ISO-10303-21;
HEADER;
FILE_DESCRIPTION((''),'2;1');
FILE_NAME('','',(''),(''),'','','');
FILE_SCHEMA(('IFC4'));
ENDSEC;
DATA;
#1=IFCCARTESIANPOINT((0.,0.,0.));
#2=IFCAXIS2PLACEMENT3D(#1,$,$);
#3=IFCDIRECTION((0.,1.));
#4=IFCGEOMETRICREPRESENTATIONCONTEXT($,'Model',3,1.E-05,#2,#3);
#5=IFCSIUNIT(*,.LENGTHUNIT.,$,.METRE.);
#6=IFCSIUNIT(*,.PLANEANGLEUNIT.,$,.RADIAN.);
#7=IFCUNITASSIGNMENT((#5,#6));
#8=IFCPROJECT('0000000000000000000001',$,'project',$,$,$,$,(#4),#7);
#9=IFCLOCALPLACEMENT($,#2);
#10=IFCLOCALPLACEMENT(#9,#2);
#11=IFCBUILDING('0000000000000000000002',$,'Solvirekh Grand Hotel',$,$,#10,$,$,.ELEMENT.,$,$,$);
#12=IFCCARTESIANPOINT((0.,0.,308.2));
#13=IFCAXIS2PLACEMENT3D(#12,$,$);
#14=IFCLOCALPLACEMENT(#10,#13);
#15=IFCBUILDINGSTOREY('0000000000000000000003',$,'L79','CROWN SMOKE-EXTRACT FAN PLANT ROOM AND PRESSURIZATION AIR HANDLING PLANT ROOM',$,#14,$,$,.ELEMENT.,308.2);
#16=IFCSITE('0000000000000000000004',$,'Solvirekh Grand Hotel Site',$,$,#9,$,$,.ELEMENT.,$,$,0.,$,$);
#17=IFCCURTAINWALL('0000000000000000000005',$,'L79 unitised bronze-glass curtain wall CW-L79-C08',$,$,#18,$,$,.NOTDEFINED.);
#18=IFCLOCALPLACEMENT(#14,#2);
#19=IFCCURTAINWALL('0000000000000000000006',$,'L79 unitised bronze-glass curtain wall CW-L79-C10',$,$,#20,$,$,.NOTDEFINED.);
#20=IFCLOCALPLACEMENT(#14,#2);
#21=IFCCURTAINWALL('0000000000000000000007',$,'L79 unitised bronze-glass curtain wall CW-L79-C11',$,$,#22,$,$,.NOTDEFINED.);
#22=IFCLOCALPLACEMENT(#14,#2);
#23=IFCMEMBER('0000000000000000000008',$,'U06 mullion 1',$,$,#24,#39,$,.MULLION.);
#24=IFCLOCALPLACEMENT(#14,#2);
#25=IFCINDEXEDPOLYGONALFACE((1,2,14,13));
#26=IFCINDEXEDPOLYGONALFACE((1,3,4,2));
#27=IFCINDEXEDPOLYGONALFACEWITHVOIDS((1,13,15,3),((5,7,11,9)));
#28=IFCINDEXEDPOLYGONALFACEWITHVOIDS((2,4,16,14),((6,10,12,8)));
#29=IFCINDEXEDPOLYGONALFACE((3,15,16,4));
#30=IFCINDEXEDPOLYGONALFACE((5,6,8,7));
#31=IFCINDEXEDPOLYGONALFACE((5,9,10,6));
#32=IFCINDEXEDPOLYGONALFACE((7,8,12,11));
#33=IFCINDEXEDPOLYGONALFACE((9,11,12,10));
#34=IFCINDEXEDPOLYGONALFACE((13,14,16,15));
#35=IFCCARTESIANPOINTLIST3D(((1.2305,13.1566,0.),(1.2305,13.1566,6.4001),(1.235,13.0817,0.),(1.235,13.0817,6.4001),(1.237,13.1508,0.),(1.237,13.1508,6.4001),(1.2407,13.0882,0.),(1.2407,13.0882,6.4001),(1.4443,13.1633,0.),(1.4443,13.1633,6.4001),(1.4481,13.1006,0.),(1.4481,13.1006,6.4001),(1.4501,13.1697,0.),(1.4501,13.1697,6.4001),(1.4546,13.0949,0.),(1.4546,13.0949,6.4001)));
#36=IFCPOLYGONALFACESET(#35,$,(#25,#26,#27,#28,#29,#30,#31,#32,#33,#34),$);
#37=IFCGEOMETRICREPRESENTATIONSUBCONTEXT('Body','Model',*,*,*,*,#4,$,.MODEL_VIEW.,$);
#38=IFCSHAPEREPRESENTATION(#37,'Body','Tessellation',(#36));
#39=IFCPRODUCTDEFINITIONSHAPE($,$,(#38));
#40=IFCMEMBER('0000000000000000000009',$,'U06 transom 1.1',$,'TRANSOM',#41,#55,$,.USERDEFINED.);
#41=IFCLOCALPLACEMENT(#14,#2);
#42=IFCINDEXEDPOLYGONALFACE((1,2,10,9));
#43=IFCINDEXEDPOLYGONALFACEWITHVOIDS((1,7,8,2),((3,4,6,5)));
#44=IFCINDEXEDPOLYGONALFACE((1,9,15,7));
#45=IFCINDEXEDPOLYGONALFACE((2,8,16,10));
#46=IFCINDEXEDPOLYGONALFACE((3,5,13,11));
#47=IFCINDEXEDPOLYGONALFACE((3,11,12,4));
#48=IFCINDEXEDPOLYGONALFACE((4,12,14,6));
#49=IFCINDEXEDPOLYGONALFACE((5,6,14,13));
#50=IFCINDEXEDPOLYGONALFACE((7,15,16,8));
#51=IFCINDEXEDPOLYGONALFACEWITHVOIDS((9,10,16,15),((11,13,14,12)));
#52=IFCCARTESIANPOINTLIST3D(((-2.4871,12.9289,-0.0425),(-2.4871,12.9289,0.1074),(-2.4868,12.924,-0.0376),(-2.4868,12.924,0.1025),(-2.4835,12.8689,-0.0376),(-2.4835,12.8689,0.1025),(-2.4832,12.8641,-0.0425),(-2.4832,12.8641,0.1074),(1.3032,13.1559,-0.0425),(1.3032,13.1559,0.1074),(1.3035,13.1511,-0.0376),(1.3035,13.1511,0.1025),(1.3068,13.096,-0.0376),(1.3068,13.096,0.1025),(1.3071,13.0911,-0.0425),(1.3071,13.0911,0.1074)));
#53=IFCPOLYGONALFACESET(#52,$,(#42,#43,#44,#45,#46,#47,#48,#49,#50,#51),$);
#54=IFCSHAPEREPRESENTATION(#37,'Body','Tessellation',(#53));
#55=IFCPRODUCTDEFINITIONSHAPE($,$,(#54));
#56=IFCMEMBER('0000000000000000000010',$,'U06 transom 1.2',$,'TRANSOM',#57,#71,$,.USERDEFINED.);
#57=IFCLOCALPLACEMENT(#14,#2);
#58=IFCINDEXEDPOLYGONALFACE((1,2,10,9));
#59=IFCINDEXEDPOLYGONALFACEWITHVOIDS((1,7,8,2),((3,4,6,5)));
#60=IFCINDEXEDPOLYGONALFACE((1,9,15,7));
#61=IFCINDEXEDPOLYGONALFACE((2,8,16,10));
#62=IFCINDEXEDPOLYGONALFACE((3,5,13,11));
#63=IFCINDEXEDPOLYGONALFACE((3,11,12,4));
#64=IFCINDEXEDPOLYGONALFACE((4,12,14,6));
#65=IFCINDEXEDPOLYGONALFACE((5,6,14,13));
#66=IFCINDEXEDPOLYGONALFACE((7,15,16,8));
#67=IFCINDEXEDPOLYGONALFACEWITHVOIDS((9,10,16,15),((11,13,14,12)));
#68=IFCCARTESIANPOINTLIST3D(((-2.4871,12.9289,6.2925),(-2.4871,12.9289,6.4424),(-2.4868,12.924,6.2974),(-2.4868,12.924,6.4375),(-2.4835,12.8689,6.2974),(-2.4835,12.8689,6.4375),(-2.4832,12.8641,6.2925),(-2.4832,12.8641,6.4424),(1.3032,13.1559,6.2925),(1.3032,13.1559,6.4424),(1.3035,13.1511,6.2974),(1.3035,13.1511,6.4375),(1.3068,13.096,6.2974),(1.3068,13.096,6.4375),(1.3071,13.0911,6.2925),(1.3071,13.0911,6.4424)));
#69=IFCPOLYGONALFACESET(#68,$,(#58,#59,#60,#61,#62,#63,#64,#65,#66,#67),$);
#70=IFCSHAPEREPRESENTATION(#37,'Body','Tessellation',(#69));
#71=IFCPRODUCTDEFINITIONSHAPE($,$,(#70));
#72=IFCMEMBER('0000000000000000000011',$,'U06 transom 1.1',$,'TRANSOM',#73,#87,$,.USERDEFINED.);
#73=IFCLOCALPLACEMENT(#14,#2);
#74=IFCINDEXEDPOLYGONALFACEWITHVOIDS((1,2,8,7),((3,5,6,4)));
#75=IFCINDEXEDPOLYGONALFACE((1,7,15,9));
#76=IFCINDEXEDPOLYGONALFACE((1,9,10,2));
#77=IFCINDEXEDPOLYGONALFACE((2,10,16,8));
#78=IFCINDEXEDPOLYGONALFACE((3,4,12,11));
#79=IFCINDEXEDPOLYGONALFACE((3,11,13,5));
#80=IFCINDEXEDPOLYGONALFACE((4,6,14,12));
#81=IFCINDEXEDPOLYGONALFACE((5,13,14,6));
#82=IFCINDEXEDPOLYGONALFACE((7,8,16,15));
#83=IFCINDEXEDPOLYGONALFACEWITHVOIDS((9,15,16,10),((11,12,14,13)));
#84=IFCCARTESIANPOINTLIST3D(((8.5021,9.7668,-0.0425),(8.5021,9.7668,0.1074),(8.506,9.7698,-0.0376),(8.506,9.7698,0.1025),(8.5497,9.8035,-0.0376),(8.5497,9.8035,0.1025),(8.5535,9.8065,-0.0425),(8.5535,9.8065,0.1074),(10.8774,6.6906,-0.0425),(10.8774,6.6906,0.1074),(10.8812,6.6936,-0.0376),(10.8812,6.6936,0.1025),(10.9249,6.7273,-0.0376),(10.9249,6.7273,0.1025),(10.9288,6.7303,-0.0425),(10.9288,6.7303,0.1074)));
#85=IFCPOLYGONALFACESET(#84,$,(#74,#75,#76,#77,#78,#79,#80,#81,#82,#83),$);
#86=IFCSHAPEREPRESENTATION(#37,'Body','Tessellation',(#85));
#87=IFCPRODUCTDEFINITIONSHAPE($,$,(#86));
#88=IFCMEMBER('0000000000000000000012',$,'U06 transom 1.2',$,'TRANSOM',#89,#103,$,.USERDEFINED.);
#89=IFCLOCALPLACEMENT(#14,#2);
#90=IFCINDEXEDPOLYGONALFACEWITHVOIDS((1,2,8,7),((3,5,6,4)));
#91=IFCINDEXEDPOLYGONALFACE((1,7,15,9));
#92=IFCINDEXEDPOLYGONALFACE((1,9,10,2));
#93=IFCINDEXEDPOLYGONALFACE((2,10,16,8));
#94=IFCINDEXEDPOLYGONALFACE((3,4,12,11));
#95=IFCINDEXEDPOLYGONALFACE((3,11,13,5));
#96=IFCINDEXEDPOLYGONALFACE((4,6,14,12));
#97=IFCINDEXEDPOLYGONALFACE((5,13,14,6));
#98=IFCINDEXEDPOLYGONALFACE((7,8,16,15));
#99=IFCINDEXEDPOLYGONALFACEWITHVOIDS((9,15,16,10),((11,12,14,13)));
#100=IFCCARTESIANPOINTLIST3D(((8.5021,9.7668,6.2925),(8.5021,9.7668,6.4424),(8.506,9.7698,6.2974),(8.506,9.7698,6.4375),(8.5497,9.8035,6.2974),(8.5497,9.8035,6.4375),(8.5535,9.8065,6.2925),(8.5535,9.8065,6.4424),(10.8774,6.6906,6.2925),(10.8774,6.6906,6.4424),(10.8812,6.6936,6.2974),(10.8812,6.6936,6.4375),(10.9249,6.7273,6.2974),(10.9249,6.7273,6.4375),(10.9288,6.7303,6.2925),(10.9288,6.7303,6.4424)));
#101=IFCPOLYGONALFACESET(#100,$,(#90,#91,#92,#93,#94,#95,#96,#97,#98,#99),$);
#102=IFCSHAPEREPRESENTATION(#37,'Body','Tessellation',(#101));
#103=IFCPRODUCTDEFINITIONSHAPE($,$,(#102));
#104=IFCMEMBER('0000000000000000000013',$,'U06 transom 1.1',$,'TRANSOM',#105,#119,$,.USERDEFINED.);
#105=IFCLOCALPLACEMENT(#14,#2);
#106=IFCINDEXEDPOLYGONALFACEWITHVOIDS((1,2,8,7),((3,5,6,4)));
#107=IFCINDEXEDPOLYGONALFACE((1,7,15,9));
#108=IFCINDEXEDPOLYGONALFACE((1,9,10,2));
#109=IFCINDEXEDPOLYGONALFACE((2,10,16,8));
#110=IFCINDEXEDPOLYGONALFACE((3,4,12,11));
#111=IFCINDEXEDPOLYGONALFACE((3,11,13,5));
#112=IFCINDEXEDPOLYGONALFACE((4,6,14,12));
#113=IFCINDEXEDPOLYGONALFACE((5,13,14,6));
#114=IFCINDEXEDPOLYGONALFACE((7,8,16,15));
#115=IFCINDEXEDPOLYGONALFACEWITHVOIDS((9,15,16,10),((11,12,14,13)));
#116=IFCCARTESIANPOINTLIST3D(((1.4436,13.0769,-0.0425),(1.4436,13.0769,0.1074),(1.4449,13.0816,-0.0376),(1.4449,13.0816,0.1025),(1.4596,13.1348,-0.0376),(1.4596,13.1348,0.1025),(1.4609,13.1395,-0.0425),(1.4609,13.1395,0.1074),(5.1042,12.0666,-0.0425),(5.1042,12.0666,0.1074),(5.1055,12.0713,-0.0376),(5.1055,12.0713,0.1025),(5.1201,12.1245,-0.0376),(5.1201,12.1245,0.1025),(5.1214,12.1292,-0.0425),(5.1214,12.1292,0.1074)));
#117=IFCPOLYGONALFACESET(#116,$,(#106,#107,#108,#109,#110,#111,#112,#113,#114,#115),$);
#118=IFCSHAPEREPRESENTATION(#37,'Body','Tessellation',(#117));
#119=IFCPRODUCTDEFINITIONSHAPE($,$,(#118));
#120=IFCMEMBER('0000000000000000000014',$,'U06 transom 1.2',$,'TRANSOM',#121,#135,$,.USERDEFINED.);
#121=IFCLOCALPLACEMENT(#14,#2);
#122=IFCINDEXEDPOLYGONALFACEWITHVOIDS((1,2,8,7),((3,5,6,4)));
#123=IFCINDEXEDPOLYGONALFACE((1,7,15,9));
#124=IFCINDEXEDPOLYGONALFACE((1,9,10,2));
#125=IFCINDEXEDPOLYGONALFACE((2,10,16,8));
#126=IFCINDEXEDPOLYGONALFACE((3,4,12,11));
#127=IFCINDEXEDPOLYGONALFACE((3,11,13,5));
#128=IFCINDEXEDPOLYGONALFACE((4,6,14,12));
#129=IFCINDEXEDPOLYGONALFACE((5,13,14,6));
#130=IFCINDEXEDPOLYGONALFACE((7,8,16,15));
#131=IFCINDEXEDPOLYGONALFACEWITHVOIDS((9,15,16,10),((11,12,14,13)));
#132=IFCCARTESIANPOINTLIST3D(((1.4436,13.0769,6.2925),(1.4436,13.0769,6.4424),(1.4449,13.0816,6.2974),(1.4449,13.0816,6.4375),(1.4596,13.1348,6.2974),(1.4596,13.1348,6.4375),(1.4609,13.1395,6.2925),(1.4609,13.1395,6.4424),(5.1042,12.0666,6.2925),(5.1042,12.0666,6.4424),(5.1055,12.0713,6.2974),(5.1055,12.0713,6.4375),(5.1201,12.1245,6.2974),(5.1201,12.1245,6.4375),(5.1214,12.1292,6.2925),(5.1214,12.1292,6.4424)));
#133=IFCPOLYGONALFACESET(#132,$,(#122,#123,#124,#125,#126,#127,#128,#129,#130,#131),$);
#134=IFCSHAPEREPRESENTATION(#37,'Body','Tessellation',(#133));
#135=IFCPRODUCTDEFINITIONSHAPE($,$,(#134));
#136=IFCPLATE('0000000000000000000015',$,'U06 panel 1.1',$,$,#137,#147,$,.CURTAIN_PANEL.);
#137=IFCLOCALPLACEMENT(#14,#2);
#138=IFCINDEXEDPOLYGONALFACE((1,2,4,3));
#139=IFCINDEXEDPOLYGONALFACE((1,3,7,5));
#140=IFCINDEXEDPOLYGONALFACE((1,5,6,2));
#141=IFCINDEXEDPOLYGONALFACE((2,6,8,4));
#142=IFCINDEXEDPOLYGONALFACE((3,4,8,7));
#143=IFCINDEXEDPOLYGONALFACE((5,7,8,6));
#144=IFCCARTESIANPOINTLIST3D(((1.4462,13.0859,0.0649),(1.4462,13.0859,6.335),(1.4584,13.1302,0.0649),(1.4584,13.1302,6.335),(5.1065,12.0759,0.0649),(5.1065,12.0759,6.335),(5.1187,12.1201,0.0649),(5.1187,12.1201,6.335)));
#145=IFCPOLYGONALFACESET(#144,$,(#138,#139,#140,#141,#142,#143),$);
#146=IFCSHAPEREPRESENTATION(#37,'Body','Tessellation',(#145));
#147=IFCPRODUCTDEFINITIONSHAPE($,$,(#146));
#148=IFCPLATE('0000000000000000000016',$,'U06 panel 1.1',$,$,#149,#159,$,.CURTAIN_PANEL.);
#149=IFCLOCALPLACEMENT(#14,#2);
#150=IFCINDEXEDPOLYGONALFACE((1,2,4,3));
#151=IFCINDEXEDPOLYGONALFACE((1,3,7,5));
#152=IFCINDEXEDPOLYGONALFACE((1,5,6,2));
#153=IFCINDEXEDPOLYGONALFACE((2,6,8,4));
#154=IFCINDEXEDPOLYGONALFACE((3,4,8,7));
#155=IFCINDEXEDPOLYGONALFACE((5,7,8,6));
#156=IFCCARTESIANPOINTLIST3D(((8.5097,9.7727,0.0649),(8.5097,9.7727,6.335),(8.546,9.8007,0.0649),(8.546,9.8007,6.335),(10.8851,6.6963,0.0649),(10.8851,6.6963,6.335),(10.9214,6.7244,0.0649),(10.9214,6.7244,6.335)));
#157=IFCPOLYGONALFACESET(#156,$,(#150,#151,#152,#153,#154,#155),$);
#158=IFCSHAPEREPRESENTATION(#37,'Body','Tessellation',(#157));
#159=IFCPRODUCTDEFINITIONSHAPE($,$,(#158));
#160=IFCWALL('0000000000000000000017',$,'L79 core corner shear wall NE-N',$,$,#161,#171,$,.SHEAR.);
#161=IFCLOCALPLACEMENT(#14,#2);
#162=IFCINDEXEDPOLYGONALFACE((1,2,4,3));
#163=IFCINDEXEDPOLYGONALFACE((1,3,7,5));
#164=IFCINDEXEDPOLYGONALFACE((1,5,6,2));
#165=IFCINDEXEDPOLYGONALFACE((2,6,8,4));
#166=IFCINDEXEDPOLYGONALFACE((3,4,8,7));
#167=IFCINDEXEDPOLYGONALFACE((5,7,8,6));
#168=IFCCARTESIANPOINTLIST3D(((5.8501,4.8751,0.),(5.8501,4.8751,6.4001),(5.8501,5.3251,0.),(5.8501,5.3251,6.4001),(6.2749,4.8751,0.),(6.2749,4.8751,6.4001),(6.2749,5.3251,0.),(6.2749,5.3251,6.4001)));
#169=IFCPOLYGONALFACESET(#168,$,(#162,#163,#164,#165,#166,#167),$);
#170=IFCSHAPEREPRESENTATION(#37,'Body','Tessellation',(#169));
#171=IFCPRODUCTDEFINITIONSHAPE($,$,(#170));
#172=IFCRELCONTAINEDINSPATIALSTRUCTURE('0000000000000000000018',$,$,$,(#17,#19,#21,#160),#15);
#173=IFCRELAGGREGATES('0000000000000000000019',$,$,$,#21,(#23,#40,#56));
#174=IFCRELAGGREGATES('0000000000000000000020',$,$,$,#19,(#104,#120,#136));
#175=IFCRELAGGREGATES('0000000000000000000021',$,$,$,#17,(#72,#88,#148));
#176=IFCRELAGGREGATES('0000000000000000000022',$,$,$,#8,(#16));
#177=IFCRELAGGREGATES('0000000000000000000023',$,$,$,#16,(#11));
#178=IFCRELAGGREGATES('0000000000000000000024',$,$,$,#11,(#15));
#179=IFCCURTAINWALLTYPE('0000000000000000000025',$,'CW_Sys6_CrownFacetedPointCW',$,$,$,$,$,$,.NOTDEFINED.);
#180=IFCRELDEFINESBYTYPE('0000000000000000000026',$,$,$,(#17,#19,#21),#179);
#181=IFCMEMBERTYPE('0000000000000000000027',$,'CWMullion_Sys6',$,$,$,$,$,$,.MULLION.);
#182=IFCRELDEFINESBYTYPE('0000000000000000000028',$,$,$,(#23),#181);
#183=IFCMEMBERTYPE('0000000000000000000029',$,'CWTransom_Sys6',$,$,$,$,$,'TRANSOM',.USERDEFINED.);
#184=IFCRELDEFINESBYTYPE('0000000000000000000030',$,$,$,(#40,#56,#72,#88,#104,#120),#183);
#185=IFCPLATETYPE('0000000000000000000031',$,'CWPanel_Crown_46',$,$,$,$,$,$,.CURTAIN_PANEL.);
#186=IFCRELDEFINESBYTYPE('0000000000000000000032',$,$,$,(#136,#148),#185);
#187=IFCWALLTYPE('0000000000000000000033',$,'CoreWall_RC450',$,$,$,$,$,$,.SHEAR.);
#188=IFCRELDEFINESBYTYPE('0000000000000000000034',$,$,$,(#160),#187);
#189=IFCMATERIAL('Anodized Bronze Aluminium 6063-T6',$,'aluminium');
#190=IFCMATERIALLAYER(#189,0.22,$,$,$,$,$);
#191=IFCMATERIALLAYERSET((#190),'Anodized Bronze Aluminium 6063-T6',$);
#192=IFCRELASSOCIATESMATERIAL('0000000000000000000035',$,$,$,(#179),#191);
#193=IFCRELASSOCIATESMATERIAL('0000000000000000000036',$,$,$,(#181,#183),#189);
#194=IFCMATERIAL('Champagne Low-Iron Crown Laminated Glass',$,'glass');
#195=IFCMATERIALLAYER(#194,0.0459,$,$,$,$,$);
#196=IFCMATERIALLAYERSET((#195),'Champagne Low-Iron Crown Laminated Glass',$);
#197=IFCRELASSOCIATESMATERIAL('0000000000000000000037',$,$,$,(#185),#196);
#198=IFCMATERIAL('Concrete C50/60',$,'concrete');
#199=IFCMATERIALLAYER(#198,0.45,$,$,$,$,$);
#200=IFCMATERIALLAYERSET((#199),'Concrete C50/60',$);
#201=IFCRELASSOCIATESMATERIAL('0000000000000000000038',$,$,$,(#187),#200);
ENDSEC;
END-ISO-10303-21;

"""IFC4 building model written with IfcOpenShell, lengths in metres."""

from ifc_helpers import new_model, si_unit, direction, frame, frame_2d, origin, origin_2d, place, context, subcontext, project, spatial, rectangle, hollow_rectangle, extrude, source, transform, mapped, material, layer, layer_set, material_profile, profile_set, type_object, element, aggregate, save


model = new_model("IFC4")

# Units and contexts
model_context = context("Model", 3, precision=1e-05, world=origin(), true_north=direction((0.0, 1.0)))
body_context = subcontext(model_context, "Body", "Model", "MODEL_VIEW")
ifc_project = project(units=[si_unit("LENGTHUNIT", "METRE"), si_unit("PLANEANGLEUNIT", "RADIAN")], contexts=[model_context])

# Site, building, storey
site_placement = place(None, origin())
site = spatial("IfcSite", under=ifc_project, at=site_placement, Name="Solvirekh Grand Hotel Site", CompositionType="ELEMENT", RefElevation=0.0)
building_placement = place(site_placement, origin())
building = spatial("IfcBuilding", under=site, at=building_placement, Name="Solvirekh Grand Hotel", CompositionType="ELEMENT")
storey_placement = place(building_placement, frame((0.0, 0.0, 308.2)))
storey = spatial("IfcBuildingStorey", under=building, at=storey_placement, Name="L79", Description="CROWN SMOKE-EXTRACT FAN PLANT ROOM AND PRESSURIZATION AIR HANDLING PLANT ROOM", CompositionType="ELEMENT", Elevation=308.2)

# Shared definitions
ifc_material_1 = material(Name="Concrete C50/60", Category="concrete")

# Shared definitions
ifc_material_2 = material(Name="Anodized Bronze Aluminium 6063-T6", Category="aluminium")
ifc_layer_1 = layer(ifc_material_2, 0.22)
ifc_layer_set_1 = layer_set([ifc_layer_1], Name="Anodized Bronze Aluminium 6063-T6")
curtain_wall_type = type_object("IfcCurtainWallType", Name="CW_Sys6_CrownFacetedPointCW", PredefinedType="NOTDEFINED", material=ifc_layer_set_1)
ifc_material_profile_1 = material_profile(ifc_material_2, hollow_rectangle(XDim=0.075, YDim=0.22, WallThickness=0.0061, at=origin_2d()), Name="ALU RHS 220X75X6")
ifc_profile_set_1 = profile_set([ifc_material_profile_1], Name="Anodized Bronze Aluminium 6063-T6")
member_type_1 = type_object("IfcMemberType", Name="CWMullion_Sys6", PredefinedType="MULLION", material=ifc_profile_set_1)
shared_shape_1 = source(origin(), body_context, "Body", "SweptSolid", [
    extrude(hollow_rectangle(XDim=0.075, YDim=0.22, WallThickness=0.0061, at=origin_2d()), origin(), (0.0, 0.0, 1.0), 6.4001),
])

# Curtain walls, members
curtain_wall_1_placement = place(storey_placement, origin())
curtain_wall_1 = element("IfcCurtainWall", 1, at=curtain_wall_1_placement, inside=storey, type_object=curtain_wall_type, Name="L79 unitised bronze-glass curtain wall CW-L79-C08", PredefinedType="NOTDEFINED")
curtain_wall_2_placement = place(storey_placement, origin())
curtain_wall_2 = element("IfcCurtainWall", 2, at=curtain_wall_2_placement, inside=storey, type_object=curtain_wall_type, Name="L79 unitised bronze-glass curtain wall CW-L79-C10", PredefinedType="NOTDEFINED")
curtain_wall_3_placement = place(storey_placement, origin())
curtain_wall_3 = element("IfcCurtainWall", 3, at=curtain_wall_3_placement, inside=storey, type_object=curtain_wall_type, Name="L79 unitised bronze-glass curtain wall CW-L79-C11", PredefinedType="NOTDEFINED")
member_1_placement = place(storey_placement, frame((1.3425, 13.1257, 0.0), z_axis=(0.0, 0.0, 1.0), x_axis=(0.059791, -0.998211, 0.0)))
member_1 = element("IfcMember", 4, at=member_1_placement, type_object=member_type_1, Name="U06 mullion 1", PredefinedType="MULLION", context=body_context, shape_type="MappedRepresentation", body=[
    mapped(shared_shape_1, transform((0.0, 0.0, 0.0), x_axis=(1.0, 0.0, 0.0), y_axis=(0.0, 1.0, 0.0), z_axis=(0.0, 0.0, 1.0), scale=1.0)),
])
ifc_material_profile_2 = material_profile(ifc_material_2, hollow_rectangle(XDim=0.0649, YDim=0.1499, WallThickness=0.0049, at=origin_2d()), Name="ALU RHS 150X65X5")
ifc_profile_set_2 = profile_set([ifc_material_profile_2], Name="Anodized Bronze Aluminium 6063-T6")
member_type_2 = type_object("IfcMemberType", Name="CWTransom_Sys6", ElementType="TRANSOM", PredefinedType="USERDEFINED", material=ifc_profile_set_2)
shared_shape_2 = source(origin(), body_context, "Body", "SweptSolid", [
    extrude(hollow_rectangle(XDim=0.0649, YDim=0.1499, WallThickness=0.0049, at=origin_2d()), origin(), (0.0, 0.0, 1.0), 3.7971),
])
member_2_placement = place(storey_placement, frame((1.3052, 13.1235, 0.0325), z_axis=(-0.998211, -0.059796, 0.0), x_axis=(0.059796, -0.998211, 0.0)))
member_2 = element("IfcMember", 5, at=member_2_placement, type_object=member_type_2, Name="U06 transom 1.1", ObjectType="TRANSOM", PredefinedType="USERDEFINED", context=body_context, shape_type="MappedRepresentation", body=[
    mapped(shared_shape_2, transform((0.0, 0.0, 0.0), x_axis=(1.0, 0.0, 0.0), y_axis=(0.0, 1.0, 0.0), z_axis=(0.0, 0.0, 1.0), scale=1.0)),
])
member_3_placement = place(storey_placement, frame((1.3052, 13.1235, 6.3674), z_axis=(-0.998211, -0.059796, 0.0), x_axis=(0.059796, -0.998211, 0.0)))
member_3 = element("IfcMember", 6, at=member_3_placement, type_object=member_type_2, Name="U06 transom 1.2", ObjectType="TRANSOM", PredefinedType="USERDEFINED", context=body_context, shape_type="MappedRepresentation", body=[
    mapped(shared_shape_2, transform((0.0, 0.0, 0.0), x_axis=(1.0, 0.0, 0.0), y_axis=(0.0, 1.0, 0.0), z_axis=(0.0, 0.0, 1.0), scale=1.0)),
])
aggregate(curtain_wall_3, [member_1, member_2, member_3])

# Members
shared_shape_3 = source(origin(), body_context, "Body", "SweptSolid", [
    extrude(hollow_rectangle(XDim=0.0649, YDim=0.1499, WallThickness=0.0049, at=origin_2d()), origin(), (0.0, 0.0, 1.0), 3.8865),
])
member_4_placement = place(storey_placement, frame((10.9031, 6.7104, 0.0325), z_axis=(-0.611158, 0.791509, 0.0), x_axis=(-0.791509, -0.611158, 0.0)))
member_4 = element("IfcMember", 7, at=member_4_placement, type_object=member_type_2, Name="U06 transom 1.1", ObjectType="TRANSOM", PredefinedType="USERDEFINED", context=body_context, shape_type="MappedRepresentation", body=[
    mapped(shared_shape_3, transform((0.0, 0.0, 0.0), x_axis=(1.0, 0.0, 0.0), y_axis=(0.0, 1.0, 0.0), z_axis=(0.0, 0.0, 1.0), scale=1.0)),
])
member_5_placement = place(storey_placement, frame((10.9031, 6.7104, 6.3674), z_axis=(-0.611158, 0.791509, 0.0), x_axis=(-0.791509, -0.611158, 0.0)))
member_5 = element("IfcMember", 8, at=member_5_placement, type_object=member_type_2, Name="U06 transom 1.2", ObjectType="TRANSOM", PredefinedType="USERDEFINED", context=body_context, shape_type="MappedRepresentation", body=[
    mapped(shared_shape_3, transform((0.0, 0.0, 0.0), x_axis=(1.0, 0.0, 0.0), y_axis=(0.0, 1.0, 0.0), z_axis=(0.0, 0.0, 1.0), scale=1.0)),
])
shared_shape_4 = source(origin(), body_context, "Body", "SweptSolid", [
    extrude(hollow_rectangle(XDim=0.0649, YDim=0.1499, WallThickness=0.0049, at=origin_2d()), origin(), (0.0, 0.0, 1.0), 3.7974),
])
member_6_placement = place(storey_placement, frame((5.1128, 12.0979, 0.0325), z_axis=(-0.96396, 0.266048, 0.0), x_axis=(-0.266048, -0.96396, 0.0)))
member_6 = element("IfcMember", 9, at=member_6_placement, type_object=member_type_2, Name="U06 transom 1.1", ObjectType="TRANSOM", PredefinedType="USERDEFINED", context=body_context, shape_type="MappedRepresentation", body=[
    mapped(shared_shape_4, transform((0.0, 0.0, 0.0), x_axis=(1.0, 0.0, 0.0), y_axis=(0.0, 1.0, 0.0), z_axis=(0.0, 0.0, 1.0), scale=1.0)),
])
member_7_placement = place(storey_placement, frame((5.1128, 12.0979, 6.3674), z_axis=(-0.96396, 0.266048, 0.0), x_axis=(-0.266048, -0.96396, 0.0)))
member_7 = element("IfcMember", 10, at=member_7_placement, type_object=member_type_2, Name="U06 transom 1.2", ObjectType="TRANSOM", PredefinedType="USERDEFINED", context=body_context, shape_type="MappedRepresentation", body=[
    mapped(shared_shape_4, transform((0.0, 0.0, 0.0), x_axis=(1.0, 0.0, 0.0), y_axis=(0.0, 1.0, 0.0), z_axis=(0.0, 0.0, 1.0), scale=1.0)),
])

# Plates
ifc_material_3 = material(Name="Champagne Low-Iron Crown Laminated Glass", Category="glass")
ifc_layer_2 = layer(ifc_material_3, 0.0459)
ifc_layer_set_2 = layer_set([ifc_layer_2], Name="Champagne Low-Iron Crown Laminated Glass")
plate_type = type_object("IfcPlateType", Name="CWPanel_Crown_46", PredefinedType="CURTAIN_PANEL", material=ifc_layer_set_2)
shared_shape_5 = source(origin(), body_context, "Body", "SweptSolid", [
    extrude(rectangle(XDim=3.7971, YDim=0.0459, at=origin_2d()), origin(), (0.0, 0.0, 1.0), 6.27),
])
plate_1_placement = place(storey_placement, frame((3.2825, 12.603, 0.0649), z_axis=(0.0, 0.0, 1.0), x_axis=(-0.96397, 0.26601, 0.0)))
plate_1 = element("IfcPlate", 11, at=plate_1_placement, type_object=plate_type, Name="U06 panel 1.1", PredefinedType="CURTAIN_PANEL", context=body_context, shape_type="MappedRepresentation", body=[
    mapped(shared_shape_5, transform((0.0, 0.0, 0.0), x_axis=(1.0, 0.0, 0.0), y_axis=(0.0, 1.0, 0.0), z_axis=(0.0, 0.0, 1.0), scale=1.0)),
])
aggregate(curtain_wall_2, [member_6, member_7, plate_1])
shared_shape_6 = source(origin(), body_context, "Body", "SweptSolid", [
    extrude(rectangle(XDim=3.8867, YDim=0.0459, at=origin_2d()), origin(), (0.0, 0.0, 1.0), 6.27),
])
plate_2_placement = place(storey_placement, frame((9.7156, 8.2485, 0.0649), z_axis=(0.0, 0.0, 1.0), x_axis=(-0.611158, 0.791508, 0.0)))
plate_2 = element("IfcPlate", 12, at=plate_2_placement, type_object=plate_type, Name="U06 panel 1.1", PredefinedType="CURTAIN_PANEL", context=body_context, shape_type="MappedRepresentation", body=[
    mapped(shared_shape_6, transform((0.0, 0.0, 0.0), x_axis=(1.0, 0.0, 0.0), y_axis=(0.0, 1.0, 0.0), z_axis=(0.0, 0.0, 1.0), scale=1.0)),
])
aggregate(curtain_wall_1, [member_4, member_5, plate_2])

# Wall
ifc_layer_3 = layer(ifc_material_1, 0.45)
ifc_layer_set_3 = layer_set([ifc_layer_3], Name="Concrete C50/60")
wall_type_1 = type_object("IfcWallType", Name="CoreWall_RC450", PredefinedType="SHEAR", material=ifc_layer_set_3)
wall_1_placement = place(storey_placement, frame((5.8501, 5.1001, 0.0), z_axis=(0.0, 0.0, 1.0), x_axis=(1.0, 0.0, 0.0)))
element("IfcWall", 13, at=wall_1_placement, inside=storey, type_object=wall_type_1, Name="L79 core corner shear wall NE-N", PredefinedType="SHEAR", context=body_context, shape_type="SweptSolid", body=[
    extrude(rectangle(XDim=0.4248, YDim=0.45, at=frame_2d((0.2124, 0.0))), origin(), (0.0, 0.0, 1.0), 6.4001),
])

save(model, "model.ifc")
